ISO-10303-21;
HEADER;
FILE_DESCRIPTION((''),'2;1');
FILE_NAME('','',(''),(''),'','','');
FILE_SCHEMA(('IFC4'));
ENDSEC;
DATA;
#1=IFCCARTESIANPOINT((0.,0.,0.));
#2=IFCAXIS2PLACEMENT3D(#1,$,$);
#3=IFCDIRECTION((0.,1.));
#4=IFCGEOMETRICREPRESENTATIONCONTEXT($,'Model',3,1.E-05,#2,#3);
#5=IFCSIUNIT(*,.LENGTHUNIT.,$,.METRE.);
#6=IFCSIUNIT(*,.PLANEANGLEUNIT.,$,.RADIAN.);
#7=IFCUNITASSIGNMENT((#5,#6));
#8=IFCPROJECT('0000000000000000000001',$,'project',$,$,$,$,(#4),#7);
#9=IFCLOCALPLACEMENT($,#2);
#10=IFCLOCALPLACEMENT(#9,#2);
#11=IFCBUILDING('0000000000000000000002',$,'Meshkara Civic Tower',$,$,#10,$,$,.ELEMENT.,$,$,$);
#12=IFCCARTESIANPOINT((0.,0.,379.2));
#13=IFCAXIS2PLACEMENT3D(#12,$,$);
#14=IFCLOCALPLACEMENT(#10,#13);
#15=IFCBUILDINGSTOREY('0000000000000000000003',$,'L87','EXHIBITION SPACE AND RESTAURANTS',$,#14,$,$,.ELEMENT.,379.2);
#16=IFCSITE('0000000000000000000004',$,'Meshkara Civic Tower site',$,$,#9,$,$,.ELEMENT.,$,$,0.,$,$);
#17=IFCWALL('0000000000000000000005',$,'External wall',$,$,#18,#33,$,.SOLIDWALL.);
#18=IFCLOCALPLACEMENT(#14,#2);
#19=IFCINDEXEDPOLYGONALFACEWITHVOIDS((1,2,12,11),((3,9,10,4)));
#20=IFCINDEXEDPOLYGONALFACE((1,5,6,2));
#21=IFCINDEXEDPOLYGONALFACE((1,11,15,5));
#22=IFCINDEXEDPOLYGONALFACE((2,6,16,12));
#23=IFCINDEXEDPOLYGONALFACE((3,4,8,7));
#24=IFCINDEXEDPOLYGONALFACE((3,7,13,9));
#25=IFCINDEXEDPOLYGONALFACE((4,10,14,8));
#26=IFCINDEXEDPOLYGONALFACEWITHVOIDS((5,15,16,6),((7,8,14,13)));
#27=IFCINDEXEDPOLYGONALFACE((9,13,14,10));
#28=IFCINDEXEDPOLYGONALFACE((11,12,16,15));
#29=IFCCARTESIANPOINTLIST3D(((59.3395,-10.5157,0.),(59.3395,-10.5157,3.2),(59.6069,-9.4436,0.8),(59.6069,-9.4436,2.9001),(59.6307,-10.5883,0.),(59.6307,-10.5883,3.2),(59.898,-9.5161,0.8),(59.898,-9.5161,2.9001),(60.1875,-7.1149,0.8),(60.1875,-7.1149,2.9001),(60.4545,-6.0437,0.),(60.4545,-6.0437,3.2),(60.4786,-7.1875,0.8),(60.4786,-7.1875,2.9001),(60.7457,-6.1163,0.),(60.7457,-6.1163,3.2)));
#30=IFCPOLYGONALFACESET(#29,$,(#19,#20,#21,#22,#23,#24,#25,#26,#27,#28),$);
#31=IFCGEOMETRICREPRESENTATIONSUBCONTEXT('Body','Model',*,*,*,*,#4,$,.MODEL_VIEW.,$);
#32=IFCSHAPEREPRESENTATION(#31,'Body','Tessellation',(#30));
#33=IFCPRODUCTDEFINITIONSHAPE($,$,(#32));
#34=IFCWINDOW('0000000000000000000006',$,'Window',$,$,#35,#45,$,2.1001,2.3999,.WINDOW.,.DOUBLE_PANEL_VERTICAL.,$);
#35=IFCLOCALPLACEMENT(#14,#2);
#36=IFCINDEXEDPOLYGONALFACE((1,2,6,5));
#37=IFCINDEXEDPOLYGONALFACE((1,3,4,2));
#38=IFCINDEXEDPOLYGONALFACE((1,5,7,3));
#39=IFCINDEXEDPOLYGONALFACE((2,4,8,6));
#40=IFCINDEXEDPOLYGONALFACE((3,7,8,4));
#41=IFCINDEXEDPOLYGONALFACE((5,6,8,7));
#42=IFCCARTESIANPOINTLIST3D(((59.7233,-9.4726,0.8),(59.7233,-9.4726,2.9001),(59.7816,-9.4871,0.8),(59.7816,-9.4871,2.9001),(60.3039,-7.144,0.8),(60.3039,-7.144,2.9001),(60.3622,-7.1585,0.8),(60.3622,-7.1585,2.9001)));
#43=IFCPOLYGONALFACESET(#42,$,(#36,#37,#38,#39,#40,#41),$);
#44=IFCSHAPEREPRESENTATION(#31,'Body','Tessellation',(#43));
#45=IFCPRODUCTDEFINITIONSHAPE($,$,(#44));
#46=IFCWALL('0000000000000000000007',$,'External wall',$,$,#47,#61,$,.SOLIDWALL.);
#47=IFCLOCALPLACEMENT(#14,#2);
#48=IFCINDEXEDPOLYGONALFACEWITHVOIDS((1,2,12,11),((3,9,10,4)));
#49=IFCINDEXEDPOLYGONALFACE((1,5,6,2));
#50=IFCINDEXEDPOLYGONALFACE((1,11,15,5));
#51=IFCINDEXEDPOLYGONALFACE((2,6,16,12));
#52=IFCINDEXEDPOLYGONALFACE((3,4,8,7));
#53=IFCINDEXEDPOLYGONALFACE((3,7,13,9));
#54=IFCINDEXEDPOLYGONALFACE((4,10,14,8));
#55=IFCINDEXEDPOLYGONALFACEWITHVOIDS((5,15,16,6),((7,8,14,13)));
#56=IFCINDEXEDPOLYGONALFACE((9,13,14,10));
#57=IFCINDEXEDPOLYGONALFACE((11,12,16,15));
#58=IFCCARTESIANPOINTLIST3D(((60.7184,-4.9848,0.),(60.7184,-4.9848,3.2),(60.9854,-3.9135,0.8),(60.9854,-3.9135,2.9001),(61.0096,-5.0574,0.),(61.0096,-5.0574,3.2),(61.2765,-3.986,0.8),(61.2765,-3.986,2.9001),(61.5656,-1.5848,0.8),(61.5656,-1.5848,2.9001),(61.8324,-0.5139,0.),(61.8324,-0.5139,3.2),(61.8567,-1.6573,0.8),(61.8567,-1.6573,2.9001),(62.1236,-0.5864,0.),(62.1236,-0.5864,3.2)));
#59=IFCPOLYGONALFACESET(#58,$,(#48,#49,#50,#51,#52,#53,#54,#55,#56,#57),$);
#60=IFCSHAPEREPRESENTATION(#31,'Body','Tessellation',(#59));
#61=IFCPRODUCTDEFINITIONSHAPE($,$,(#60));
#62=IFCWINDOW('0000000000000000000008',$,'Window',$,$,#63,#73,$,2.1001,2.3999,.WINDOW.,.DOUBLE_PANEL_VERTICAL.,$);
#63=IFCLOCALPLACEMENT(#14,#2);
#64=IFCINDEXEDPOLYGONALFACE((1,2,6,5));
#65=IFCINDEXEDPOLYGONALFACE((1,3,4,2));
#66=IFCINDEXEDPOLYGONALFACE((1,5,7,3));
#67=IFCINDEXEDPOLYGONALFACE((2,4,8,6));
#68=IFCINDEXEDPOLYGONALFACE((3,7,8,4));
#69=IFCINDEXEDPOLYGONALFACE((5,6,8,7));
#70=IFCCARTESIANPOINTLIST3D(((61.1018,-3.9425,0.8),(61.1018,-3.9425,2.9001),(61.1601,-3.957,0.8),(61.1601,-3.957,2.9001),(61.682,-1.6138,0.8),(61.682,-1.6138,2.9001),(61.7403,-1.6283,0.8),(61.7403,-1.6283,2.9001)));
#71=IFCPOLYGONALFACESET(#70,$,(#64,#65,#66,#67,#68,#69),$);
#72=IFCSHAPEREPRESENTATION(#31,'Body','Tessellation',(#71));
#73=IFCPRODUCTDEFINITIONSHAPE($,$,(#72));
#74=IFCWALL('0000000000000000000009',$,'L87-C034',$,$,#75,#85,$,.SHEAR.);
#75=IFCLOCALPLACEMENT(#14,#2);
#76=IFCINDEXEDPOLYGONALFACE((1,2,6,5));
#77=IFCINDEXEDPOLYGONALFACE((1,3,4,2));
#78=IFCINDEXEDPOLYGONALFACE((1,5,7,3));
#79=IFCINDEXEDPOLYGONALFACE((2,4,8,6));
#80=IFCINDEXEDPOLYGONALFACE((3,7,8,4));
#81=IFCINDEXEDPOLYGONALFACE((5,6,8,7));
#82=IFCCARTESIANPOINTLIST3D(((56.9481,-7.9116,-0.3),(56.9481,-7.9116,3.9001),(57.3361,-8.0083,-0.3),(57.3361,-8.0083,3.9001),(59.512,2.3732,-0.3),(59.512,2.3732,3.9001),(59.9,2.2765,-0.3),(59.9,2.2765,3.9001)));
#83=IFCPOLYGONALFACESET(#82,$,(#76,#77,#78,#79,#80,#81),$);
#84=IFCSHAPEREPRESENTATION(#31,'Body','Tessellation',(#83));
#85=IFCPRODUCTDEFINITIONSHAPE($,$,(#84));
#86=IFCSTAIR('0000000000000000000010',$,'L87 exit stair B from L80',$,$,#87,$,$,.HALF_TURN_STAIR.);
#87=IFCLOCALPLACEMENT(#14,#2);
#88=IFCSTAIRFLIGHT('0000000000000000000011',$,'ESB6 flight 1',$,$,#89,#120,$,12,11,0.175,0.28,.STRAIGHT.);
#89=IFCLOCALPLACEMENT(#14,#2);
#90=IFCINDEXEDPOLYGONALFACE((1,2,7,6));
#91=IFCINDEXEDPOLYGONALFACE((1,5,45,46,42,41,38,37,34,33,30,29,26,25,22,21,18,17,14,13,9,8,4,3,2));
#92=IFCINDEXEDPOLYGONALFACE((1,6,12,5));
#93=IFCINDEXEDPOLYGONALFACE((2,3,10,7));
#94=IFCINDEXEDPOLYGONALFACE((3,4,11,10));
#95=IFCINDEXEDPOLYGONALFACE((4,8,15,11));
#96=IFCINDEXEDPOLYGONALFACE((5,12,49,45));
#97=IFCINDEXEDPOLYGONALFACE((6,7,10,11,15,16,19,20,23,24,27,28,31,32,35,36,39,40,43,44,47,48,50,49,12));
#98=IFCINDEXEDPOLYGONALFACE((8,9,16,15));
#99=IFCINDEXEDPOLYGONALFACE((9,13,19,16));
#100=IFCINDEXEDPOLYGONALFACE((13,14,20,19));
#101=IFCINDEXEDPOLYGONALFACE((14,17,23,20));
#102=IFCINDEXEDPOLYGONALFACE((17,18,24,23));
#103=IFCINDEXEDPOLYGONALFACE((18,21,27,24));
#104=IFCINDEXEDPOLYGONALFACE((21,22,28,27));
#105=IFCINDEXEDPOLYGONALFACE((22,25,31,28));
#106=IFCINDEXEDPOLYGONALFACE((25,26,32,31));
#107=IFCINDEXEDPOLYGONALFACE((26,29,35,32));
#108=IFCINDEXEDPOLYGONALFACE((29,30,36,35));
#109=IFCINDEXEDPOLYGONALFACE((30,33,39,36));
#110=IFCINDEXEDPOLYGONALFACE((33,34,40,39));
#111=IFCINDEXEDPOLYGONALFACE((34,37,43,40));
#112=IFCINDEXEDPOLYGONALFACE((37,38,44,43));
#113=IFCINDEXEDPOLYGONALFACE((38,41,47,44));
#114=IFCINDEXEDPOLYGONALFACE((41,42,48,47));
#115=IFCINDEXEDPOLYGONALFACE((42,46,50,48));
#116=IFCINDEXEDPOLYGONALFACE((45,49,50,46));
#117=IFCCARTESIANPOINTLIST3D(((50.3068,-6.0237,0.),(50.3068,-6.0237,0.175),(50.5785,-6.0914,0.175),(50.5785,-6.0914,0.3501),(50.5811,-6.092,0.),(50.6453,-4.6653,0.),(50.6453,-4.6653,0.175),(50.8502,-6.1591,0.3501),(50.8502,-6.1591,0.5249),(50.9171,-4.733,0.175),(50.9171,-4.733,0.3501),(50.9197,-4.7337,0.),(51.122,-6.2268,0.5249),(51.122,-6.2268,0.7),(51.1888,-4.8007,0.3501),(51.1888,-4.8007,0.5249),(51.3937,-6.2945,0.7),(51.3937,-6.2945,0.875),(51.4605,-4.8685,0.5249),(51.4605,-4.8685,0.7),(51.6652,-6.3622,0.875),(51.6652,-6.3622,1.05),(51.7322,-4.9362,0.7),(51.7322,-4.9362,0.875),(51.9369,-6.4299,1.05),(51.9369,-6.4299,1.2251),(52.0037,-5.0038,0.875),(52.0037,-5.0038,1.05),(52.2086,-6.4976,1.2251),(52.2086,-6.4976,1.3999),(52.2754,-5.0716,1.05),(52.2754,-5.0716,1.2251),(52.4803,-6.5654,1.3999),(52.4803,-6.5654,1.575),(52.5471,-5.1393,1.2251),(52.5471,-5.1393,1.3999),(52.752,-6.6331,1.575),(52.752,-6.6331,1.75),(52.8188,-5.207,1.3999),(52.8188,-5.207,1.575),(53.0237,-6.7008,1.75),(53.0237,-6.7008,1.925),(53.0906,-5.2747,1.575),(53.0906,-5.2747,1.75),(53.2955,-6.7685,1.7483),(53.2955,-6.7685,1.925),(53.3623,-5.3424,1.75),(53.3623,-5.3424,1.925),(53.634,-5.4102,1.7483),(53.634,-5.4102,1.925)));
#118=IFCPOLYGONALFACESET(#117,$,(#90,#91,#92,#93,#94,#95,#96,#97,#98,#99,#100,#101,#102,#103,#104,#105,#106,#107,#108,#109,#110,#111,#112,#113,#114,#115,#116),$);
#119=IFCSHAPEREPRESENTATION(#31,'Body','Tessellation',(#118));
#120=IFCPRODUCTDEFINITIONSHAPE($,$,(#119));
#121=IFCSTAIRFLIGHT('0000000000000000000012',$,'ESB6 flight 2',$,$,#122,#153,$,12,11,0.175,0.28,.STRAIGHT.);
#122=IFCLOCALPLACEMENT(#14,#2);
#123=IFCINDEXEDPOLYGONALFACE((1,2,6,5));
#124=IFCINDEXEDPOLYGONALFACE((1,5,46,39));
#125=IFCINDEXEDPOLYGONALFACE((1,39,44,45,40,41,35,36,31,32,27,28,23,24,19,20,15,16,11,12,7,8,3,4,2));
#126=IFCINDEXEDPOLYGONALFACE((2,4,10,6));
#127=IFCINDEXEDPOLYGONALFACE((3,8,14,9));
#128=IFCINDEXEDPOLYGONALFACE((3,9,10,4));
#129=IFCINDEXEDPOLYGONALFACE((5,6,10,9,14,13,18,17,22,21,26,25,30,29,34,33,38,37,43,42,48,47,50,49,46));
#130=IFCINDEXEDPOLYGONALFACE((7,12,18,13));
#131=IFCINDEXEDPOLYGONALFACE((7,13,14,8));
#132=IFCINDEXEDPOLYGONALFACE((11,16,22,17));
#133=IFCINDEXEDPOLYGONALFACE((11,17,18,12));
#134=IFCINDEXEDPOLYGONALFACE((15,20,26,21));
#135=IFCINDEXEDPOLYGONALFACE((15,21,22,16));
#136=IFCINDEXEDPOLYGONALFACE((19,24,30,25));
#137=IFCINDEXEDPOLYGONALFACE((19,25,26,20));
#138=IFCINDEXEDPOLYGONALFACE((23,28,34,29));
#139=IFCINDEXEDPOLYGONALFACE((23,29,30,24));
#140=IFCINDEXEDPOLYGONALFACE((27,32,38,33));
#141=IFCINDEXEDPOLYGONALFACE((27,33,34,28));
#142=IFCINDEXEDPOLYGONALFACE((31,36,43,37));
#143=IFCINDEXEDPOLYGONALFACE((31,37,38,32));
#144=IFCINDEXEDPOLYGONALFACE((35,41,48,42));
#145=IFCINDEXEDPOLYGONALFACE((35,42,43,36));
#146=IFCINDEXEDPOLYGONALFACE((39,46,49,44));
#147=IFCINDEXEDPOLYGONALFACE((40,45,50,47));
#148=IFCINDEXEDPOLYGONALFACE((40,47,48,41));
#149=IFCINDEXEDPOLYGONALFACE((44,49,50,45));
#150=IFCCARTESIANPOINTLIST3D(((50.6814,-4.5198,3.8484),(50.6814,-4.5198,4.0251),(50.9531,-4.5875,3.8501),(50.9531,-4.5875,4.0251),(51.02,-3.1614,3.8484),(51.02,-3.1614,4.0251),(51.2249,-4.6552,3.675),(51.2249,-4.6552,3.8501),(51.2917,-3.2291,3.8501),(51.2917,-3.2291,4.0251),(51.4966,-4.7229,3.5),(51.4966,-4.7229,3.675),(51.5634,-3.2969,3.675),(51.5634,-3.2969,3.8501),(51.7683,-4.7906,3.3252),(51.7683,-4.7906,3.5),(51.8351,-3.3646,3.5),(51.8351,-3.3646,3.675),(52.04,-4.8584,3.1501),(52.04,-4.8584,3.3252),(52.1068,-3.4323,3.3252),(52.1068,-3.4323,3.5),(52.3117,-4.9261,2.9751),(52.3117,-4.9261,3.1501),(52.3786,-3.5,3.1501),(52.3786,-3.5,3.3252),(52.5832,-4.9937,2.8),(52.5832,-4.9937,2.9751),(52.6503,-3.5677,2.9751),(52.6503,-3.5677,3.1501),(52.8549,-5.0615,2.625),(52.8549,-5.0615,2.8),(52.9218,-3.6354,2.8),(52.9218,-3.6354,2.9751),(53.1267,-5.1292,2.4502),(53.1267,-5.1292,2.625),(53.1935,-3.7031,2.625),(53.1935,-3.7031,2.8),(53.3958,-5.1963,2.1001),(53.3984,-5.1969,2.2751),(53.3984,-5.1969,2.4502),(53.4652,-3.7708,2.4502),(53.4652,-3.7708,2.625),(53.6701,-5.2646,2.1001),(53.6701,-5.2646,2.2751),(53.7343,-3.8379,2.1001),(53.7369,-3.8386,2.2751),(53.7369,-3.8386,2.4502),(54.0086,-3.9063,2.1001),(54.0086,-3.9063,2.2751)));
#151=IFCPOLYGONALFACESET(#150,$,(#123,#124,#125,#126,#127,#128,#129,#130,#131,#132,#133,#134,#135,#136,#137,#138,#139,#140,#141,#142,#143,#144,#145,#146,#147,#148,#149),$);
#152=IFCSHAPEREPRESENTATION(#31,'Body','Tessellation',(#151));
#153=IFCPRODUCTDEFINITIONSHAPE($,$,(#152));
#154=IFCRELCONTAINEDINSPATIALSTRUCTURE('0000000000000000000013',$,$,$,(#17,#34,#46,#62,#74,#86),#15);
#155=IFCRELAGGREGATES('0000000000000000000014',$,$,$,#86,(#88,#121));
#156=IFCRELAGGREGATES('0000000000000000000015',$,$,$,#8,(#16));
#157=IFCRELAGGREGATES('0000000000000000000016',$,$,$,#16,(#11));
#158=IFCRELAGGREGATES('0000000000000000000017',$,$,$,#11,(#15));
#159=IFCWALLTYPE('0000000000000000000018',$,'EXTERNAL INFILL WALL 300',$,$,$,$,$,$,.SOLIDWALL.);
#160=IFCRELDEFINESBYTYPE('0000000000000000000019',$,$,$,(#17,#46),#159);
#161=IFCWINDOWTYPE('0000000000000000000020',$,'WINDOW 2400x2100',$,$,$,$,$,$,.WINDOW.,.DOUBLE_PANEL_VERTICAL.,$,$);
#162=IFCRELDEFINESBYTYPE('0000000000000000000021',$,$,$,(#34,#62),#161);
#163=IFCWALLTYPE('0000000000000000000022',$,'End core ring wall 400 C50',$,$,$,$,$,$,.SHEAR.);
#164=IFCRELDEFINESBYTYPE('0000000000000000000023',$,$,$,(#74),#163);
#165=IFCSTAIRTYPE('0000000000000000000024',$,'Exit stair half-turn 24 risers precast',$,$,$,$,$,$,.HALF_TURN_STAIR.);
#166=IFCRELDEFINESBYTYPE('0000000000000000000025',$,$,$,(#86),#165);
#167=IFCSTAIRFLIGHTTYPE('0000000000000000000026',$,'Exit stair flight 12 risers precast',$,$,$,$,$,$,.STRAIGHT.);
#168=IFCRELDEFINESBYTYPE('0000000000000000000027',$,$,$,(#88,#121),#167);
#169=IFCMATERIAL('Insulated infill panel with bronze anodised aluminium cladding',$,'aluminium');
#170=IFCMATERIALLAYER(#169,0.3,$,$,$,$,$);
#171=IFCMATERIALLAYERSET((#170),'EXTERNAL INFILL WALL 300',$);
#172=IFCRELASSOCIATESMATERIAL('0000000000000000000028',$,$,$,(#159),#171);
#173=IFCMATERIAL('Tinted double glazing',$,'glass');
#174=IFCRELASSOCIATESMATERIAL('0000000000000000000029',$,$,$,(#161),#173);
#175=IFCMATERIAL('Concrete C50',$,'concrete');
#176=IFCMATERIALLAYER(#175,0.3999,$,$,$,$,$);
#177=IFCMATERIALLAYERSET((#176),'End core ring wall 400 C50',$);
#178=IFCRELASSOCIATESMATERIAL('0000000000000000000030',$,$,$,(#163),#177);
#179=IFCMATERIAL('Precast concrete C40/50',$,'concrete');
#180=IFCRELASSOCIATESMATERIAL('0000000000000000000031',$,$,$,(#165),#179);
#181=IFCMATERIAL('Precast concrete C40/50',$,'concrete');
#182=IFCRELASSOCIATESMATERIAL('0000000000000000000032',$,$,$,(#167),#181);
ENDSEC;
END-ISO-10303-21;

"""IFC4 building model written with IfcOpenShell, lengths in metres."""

from ifc_helpers import new_model, si_unit, direction, frame, frame_2d, origin, place, context, subcontext, project, spatial, polyline, rectangle, outline, extrude, material, layer, layer_set, type_object, element, fill, aggregate, save


model = new_model("IFC4")

# Units and contexts
model_context = context("Model", 3, precision=1e-05, world=origin(), true_north=direction((0.0, 1.0)))
body_context = subcontext(model_context, "Body", "Model", "MODEL_VIEW")
ifc_project = project(units=[si_unit("LENGTHUNIT", "METRE"), si_unit("PLANEANGLEUNIT", "RADIAN")], contexts=[model_context])

# Site, building, storey
site_placement = place(None, origin())
site = spatial("IfcSite", under=ifc_project, at=site_placement, Name="Meshkara Civic Tower site", CompositionType="ELEMENT", RefElevation=0.0)
building_placement = place(site_placement, origin())
building = spatial("IfcBuilding", under=site, at=building_placement, Name="Meshkara Civic Tower", CompositionType="ELEMENT")
storey_placement = place(building_placement, frame((0.0, 0.0, 379.2)))
storey = spatial("IfcBuildingStorey", under=building, at=storey_placement, Name="L87", Description="EXHIBITION SPACE AND RESTAURANTS", CompositionType="ELEMENT", Elevation=379.2)

# Walls, openings, windows
ifc_material_1 = material(Name="Insulated infill panel with bronze anodised aluminium cladding", Category="aluminium")
ifc_layer_1 = layer(ifc_material_1, 0.3)
ifc_layer_set_1 = layer_set([ifc_layer_1], Name="EXTERNAL INFILL WALL 300")
wall_type_1 = type_object("IfcWallType", Name="EXTERNAL INFILL WALL 300", PredefinedType="SOLIDWALL", material=ifc_layer_set_1)
ifc_material_2 = material(Name="Tinted double glazing", Category="glass")
window_type = type_object("IfcWindowType", Name="WINDOW 2400x2100", PartitioningType="DOUBLE_PANEL_VERTICAL", PredefinedType="WINDOW", material=ifc_material_2)
wall_1_placement = place(storey_placement, frame((59.4851, -10.552, 0.0), z_axis=(0.0, 0.0, 1.0), x_axis=(0.241925, 0.970295, 0.0)))
wall_1 = element("IfcWall", 1, at=wall_1_placement, inside=storey, type_object=wall_type_1, Name="External wall", PredefinedType="SOLIDWALL", context=body_context, shape_type="SweptSolid", body=[
    extrude(rectangle(XDim=4.6089, YDim=0.3, at=frame_2d((2.3044, 0.0))), origin(), (0.0, 0.0, 1.0), 3.2),
])
opening_1_placement = place(wall_1_placement, frame((1.105, 0.0, 0.8)))
opening_1 = element("IfcOpeningElement", 2, at=opening_1_placement, cuts=wall_1, PredefinedType="OPENING", context=body_context, shape_type="SweptSolid", body=[
    extrude(rectangle(XDim=2.3999, YDim=2.1001, at=frame_2d((1.2, 1.05))), frame((0.0, 0.1599, 0.0), z_axis=(0.0, -1.0, 0.0), x_axis=(1.0, 0.0, 0.0)), (0.0, 0.0, 1.0), 0.3201),
])
window_1_placement = place(opening_1_placement, origin())
window_1 = element("IfcWindow", 3, at=window_1_placement, inside=storey, type_object=window_type, Name="Window", OverallHeight=2.1001, OverallWidth=2.3999, PartitioningType="DOUBLE_PANEL_VERTICAL", PredefinedType="WINDOW", context=body_context, shape_type="SweptSolid", body=[
    extrude(rectangle(XDim=2.3999, YDim=2.1001, at=frame_2d((1.2, 1.05))), frame((0.0, 0.03, 0.0), z_axis=(0.0, -1.0, 0.0), x_axis=(1.0, 0.0, 0.0)), (0.0, 0.0, 1.0), 0.0601),
])
fill(opening_1, window_1)
wall_2_placement = place(storey_placement, frame((60.864, -5.021, 0.0), z_axis=(0.0, 0.0, 1.0), x_axis=(0.241775, 0.970332, 0.0)))
wall_2 = element("IfcWall", 4, at=wall_2_placement, inside=storey, type_object=wall_type_1, Name="External wall", PredefinedType="SOLIDWALL", context=body_context, shape_type="SweptSolid", body=[
    extrude(rectangle(XDim=4.6077, YDim=0.3, at=frame_2d((2.3037, 0.0))), origin(), (0.0, 0.0, 1.0), 3.2),
])
opening_2_placement = place(wall_2_placement, frame((1.104, 0.0, 0.8)))
opening_2 = element("IfcOpeningElement", 5, at=opening_2_placement, cuts=wall_2, PredefinedType="OPENING", context=body_context, shape_type="SweptSolid", body=[
    extrude(rectangle(XDim=2.3999, YDim=2.1001, at=frame_2d((1.2, 1.05))), frame((0.0, 0.1599, 0.0), z_axis=(0.0, -1.0, 0.0), x_axis=(1.0, 0.0, 0.0)), (0.0, 0.0, 1.0), 0.3201),
])
window_2_placement = place(opening_2_placement, origin())
window_2 = element("IfcWindow", 6, at=window_2_placement, inside=storey, type_object=window_type, Name="Window", OverallHeight=2.1001, OverallWidth=2.3999, PartitioningType="DOUBLE_PANEL_VERTICAL", PredefinedType="WINDOW", context=body_context, shape_type="SweptSolid", body=[
    extrude(rectangle(XDim=2.3999, YDim=2.1001, at=frame_2d((1.2, 1.05))), frame((0.0, 0.03, 0.0), z_axis=(0.0, -1.0, 0.0), x_axis=(1.0, 0.0, 0.0)), (0.0, 0.0, 1.0), 0.0601),
])
fill(opening_2, window_2)

# Wall
ifc_material_3 = material(Name="Concrete C50", Category="concrete")
ifc_layer_2 = layer(ifc_material_3, 0.3999)
ifc_layer_set_2 = layer_set([ifc_layer_2], Name="End core ring wall 400 C50")
wall_type_2 = type_object("IfcWallType", Name="End core ring wall 400 C50", PredefinedType="SHEAR", material=ifc_layer_set_2)
wall_3_placement = place(storey_placement, frame((57.1421, -7.96, -0.3), z_axis=(0.0, 0.0, 1.0), x_axis=(0.241891, 0.970304, 0.0)))
element("IfcWall", 7, at=wall_3_placement, inside=storey, type_object=wall_type_2, Name="L87-C034", PredefinedType="SHEAR", context=body_context, shape_type="SweptSolid", body=[
    extrude(rectangle(XDim=10.5996, YDim=0.3999, at=frame_2d((5.2998, 0.0))), origin(), (0.0, 0.0, 1.0), 4.2002),
])

# Stair, stair flights
ifc_material_4 = material(Name="Precast concrete C40/50", Category="concrete")
stair_type = type_object("IfcStairType", Name="Exit stair half-turn 24 risers precast", PredefinedType="HALF_TURN_STAIR", material=ifc_material_4)
stair_placement = place(storey_placement, origin())
stair = element("IfcStair", 8, at=stair_placement, inside=storey, type_object=stair_type, Name="L87 exit stair B from L80", PredefinedType="HALF_TURN_STAIR")
ifc_material_5 = material(Name="Precast concrete C40/50", Category="concrete")
stair_flight_type = type_object("IfcStairFlightType", Name="Exit stair flight 12 risers precast", PredefinedType="STRAIGHT", material=ifc_material_5)
stair_flight_1_placement = place(storey_placement, frame((50.4761, -5.3445, 0.0), z_axis=(0.0, 0.0, 1.0), x_axis=(0.970319, -0.24183, 0.0)))
stair_flight_1 = element("IfcStairFlight", 9, at=stair_flight_1_placement, type_object=stair_flight_type, Name="ESB6 flight 1", NumberOfRisers=12, NumberOfTreads=11, PredefinedType="STRAIGHT", RiserHeight=0.175, TreadLength=0.28, context=body_context, shape_type="SweptSolid", body=[
    extrude(outline(polyline([(0.0, 0.0), (0.0, 0.175), (0.28, 0.175), (0.28, 0.3501), (0.5601, 0.3501), (0.5601, 0.5249), (0.8401, 0.5249), (0.8401, 0.7), (1.1201, 0.7), (1.1201, 0.875), (1.3999, 0.875), (1.3999, 1.05), (1.6799, 1.05), (1.6799, 1.2251), (1.96, 1.2251), (1.96, 1.3999), (2.24, 1.3999), (2.24, 1.575), (2.52, 1.575), (2.52, 1.75), (2.8, 1.75), (2.8, 1.925), (3.0801, 1.925), (3.0801, 2.1001), (3.0801, 1.7483), (0.2827, 0.0), (0.0, 0.0)])), frame((0.0, 0.7, 0.0), z_axis=(0.0, -1.0, 0.0), x_axis=(1.0, 0.0, 0.0)), (0.0, 0.0, 1.0), 1.3999),
])
stair_flight_2_placement = place(storey_placement, frame((53.8394, -4.5854, 2.1001), z_axis=(0.0, 0.0, 1.0), x_axis=(-0.970319, 0.24183, 0.0)))
stair_flight_2 = element("IfcStairFlight", 10, at=stair_flight_2_placement, type_object=stair_flight_type, Name="ESB6 flight 2", NumberOfRisers=12, NumberOfTreads=11, PredefinedType="STRAIGHT", RiserHeight=0.175, TreadLength=0.28, context=body_context, shape_type="SweptSolid", body=[
    extrude(outline(polyline([(0.0, 0.0), (0.0, 0.175), (0.28, 0.175), (0.28, 0.3501), (0.5601, 0.3501), (0.5601, 0.5249), (0.8401, 0.5249), (0.8401, 0.7), (1.1201, 0.7), (1.1201, 0.875), (1.3999, 0.875), (1.3999, 1.05), (1.6799, 1.05), (1.6799, 1.2251), (1.96, 1.2251), (1.96, 1.3999), (2.24, 1.3999), (2.24, 1.575), (2.52, 1.575), (2.52, 1.75), (2.8, 1.75), (2.8, 1.925), (3.0801, 1.925), (3.0801, 2.1001), (3.0801, 1.7483), (0.2827, 0.0), (0.0, 0.0)])), frame((0.0, 0.7, 0.0), z_axis=(0.0, -1.0, 0.0), x_axis=(1.0, 0.0, 0.0)), (0.0, 0.0, 1.0), 1.3999),
])
aggregate(stair, [stair_flight_1, stair_flight_2])

save(model, "model.ifc")
